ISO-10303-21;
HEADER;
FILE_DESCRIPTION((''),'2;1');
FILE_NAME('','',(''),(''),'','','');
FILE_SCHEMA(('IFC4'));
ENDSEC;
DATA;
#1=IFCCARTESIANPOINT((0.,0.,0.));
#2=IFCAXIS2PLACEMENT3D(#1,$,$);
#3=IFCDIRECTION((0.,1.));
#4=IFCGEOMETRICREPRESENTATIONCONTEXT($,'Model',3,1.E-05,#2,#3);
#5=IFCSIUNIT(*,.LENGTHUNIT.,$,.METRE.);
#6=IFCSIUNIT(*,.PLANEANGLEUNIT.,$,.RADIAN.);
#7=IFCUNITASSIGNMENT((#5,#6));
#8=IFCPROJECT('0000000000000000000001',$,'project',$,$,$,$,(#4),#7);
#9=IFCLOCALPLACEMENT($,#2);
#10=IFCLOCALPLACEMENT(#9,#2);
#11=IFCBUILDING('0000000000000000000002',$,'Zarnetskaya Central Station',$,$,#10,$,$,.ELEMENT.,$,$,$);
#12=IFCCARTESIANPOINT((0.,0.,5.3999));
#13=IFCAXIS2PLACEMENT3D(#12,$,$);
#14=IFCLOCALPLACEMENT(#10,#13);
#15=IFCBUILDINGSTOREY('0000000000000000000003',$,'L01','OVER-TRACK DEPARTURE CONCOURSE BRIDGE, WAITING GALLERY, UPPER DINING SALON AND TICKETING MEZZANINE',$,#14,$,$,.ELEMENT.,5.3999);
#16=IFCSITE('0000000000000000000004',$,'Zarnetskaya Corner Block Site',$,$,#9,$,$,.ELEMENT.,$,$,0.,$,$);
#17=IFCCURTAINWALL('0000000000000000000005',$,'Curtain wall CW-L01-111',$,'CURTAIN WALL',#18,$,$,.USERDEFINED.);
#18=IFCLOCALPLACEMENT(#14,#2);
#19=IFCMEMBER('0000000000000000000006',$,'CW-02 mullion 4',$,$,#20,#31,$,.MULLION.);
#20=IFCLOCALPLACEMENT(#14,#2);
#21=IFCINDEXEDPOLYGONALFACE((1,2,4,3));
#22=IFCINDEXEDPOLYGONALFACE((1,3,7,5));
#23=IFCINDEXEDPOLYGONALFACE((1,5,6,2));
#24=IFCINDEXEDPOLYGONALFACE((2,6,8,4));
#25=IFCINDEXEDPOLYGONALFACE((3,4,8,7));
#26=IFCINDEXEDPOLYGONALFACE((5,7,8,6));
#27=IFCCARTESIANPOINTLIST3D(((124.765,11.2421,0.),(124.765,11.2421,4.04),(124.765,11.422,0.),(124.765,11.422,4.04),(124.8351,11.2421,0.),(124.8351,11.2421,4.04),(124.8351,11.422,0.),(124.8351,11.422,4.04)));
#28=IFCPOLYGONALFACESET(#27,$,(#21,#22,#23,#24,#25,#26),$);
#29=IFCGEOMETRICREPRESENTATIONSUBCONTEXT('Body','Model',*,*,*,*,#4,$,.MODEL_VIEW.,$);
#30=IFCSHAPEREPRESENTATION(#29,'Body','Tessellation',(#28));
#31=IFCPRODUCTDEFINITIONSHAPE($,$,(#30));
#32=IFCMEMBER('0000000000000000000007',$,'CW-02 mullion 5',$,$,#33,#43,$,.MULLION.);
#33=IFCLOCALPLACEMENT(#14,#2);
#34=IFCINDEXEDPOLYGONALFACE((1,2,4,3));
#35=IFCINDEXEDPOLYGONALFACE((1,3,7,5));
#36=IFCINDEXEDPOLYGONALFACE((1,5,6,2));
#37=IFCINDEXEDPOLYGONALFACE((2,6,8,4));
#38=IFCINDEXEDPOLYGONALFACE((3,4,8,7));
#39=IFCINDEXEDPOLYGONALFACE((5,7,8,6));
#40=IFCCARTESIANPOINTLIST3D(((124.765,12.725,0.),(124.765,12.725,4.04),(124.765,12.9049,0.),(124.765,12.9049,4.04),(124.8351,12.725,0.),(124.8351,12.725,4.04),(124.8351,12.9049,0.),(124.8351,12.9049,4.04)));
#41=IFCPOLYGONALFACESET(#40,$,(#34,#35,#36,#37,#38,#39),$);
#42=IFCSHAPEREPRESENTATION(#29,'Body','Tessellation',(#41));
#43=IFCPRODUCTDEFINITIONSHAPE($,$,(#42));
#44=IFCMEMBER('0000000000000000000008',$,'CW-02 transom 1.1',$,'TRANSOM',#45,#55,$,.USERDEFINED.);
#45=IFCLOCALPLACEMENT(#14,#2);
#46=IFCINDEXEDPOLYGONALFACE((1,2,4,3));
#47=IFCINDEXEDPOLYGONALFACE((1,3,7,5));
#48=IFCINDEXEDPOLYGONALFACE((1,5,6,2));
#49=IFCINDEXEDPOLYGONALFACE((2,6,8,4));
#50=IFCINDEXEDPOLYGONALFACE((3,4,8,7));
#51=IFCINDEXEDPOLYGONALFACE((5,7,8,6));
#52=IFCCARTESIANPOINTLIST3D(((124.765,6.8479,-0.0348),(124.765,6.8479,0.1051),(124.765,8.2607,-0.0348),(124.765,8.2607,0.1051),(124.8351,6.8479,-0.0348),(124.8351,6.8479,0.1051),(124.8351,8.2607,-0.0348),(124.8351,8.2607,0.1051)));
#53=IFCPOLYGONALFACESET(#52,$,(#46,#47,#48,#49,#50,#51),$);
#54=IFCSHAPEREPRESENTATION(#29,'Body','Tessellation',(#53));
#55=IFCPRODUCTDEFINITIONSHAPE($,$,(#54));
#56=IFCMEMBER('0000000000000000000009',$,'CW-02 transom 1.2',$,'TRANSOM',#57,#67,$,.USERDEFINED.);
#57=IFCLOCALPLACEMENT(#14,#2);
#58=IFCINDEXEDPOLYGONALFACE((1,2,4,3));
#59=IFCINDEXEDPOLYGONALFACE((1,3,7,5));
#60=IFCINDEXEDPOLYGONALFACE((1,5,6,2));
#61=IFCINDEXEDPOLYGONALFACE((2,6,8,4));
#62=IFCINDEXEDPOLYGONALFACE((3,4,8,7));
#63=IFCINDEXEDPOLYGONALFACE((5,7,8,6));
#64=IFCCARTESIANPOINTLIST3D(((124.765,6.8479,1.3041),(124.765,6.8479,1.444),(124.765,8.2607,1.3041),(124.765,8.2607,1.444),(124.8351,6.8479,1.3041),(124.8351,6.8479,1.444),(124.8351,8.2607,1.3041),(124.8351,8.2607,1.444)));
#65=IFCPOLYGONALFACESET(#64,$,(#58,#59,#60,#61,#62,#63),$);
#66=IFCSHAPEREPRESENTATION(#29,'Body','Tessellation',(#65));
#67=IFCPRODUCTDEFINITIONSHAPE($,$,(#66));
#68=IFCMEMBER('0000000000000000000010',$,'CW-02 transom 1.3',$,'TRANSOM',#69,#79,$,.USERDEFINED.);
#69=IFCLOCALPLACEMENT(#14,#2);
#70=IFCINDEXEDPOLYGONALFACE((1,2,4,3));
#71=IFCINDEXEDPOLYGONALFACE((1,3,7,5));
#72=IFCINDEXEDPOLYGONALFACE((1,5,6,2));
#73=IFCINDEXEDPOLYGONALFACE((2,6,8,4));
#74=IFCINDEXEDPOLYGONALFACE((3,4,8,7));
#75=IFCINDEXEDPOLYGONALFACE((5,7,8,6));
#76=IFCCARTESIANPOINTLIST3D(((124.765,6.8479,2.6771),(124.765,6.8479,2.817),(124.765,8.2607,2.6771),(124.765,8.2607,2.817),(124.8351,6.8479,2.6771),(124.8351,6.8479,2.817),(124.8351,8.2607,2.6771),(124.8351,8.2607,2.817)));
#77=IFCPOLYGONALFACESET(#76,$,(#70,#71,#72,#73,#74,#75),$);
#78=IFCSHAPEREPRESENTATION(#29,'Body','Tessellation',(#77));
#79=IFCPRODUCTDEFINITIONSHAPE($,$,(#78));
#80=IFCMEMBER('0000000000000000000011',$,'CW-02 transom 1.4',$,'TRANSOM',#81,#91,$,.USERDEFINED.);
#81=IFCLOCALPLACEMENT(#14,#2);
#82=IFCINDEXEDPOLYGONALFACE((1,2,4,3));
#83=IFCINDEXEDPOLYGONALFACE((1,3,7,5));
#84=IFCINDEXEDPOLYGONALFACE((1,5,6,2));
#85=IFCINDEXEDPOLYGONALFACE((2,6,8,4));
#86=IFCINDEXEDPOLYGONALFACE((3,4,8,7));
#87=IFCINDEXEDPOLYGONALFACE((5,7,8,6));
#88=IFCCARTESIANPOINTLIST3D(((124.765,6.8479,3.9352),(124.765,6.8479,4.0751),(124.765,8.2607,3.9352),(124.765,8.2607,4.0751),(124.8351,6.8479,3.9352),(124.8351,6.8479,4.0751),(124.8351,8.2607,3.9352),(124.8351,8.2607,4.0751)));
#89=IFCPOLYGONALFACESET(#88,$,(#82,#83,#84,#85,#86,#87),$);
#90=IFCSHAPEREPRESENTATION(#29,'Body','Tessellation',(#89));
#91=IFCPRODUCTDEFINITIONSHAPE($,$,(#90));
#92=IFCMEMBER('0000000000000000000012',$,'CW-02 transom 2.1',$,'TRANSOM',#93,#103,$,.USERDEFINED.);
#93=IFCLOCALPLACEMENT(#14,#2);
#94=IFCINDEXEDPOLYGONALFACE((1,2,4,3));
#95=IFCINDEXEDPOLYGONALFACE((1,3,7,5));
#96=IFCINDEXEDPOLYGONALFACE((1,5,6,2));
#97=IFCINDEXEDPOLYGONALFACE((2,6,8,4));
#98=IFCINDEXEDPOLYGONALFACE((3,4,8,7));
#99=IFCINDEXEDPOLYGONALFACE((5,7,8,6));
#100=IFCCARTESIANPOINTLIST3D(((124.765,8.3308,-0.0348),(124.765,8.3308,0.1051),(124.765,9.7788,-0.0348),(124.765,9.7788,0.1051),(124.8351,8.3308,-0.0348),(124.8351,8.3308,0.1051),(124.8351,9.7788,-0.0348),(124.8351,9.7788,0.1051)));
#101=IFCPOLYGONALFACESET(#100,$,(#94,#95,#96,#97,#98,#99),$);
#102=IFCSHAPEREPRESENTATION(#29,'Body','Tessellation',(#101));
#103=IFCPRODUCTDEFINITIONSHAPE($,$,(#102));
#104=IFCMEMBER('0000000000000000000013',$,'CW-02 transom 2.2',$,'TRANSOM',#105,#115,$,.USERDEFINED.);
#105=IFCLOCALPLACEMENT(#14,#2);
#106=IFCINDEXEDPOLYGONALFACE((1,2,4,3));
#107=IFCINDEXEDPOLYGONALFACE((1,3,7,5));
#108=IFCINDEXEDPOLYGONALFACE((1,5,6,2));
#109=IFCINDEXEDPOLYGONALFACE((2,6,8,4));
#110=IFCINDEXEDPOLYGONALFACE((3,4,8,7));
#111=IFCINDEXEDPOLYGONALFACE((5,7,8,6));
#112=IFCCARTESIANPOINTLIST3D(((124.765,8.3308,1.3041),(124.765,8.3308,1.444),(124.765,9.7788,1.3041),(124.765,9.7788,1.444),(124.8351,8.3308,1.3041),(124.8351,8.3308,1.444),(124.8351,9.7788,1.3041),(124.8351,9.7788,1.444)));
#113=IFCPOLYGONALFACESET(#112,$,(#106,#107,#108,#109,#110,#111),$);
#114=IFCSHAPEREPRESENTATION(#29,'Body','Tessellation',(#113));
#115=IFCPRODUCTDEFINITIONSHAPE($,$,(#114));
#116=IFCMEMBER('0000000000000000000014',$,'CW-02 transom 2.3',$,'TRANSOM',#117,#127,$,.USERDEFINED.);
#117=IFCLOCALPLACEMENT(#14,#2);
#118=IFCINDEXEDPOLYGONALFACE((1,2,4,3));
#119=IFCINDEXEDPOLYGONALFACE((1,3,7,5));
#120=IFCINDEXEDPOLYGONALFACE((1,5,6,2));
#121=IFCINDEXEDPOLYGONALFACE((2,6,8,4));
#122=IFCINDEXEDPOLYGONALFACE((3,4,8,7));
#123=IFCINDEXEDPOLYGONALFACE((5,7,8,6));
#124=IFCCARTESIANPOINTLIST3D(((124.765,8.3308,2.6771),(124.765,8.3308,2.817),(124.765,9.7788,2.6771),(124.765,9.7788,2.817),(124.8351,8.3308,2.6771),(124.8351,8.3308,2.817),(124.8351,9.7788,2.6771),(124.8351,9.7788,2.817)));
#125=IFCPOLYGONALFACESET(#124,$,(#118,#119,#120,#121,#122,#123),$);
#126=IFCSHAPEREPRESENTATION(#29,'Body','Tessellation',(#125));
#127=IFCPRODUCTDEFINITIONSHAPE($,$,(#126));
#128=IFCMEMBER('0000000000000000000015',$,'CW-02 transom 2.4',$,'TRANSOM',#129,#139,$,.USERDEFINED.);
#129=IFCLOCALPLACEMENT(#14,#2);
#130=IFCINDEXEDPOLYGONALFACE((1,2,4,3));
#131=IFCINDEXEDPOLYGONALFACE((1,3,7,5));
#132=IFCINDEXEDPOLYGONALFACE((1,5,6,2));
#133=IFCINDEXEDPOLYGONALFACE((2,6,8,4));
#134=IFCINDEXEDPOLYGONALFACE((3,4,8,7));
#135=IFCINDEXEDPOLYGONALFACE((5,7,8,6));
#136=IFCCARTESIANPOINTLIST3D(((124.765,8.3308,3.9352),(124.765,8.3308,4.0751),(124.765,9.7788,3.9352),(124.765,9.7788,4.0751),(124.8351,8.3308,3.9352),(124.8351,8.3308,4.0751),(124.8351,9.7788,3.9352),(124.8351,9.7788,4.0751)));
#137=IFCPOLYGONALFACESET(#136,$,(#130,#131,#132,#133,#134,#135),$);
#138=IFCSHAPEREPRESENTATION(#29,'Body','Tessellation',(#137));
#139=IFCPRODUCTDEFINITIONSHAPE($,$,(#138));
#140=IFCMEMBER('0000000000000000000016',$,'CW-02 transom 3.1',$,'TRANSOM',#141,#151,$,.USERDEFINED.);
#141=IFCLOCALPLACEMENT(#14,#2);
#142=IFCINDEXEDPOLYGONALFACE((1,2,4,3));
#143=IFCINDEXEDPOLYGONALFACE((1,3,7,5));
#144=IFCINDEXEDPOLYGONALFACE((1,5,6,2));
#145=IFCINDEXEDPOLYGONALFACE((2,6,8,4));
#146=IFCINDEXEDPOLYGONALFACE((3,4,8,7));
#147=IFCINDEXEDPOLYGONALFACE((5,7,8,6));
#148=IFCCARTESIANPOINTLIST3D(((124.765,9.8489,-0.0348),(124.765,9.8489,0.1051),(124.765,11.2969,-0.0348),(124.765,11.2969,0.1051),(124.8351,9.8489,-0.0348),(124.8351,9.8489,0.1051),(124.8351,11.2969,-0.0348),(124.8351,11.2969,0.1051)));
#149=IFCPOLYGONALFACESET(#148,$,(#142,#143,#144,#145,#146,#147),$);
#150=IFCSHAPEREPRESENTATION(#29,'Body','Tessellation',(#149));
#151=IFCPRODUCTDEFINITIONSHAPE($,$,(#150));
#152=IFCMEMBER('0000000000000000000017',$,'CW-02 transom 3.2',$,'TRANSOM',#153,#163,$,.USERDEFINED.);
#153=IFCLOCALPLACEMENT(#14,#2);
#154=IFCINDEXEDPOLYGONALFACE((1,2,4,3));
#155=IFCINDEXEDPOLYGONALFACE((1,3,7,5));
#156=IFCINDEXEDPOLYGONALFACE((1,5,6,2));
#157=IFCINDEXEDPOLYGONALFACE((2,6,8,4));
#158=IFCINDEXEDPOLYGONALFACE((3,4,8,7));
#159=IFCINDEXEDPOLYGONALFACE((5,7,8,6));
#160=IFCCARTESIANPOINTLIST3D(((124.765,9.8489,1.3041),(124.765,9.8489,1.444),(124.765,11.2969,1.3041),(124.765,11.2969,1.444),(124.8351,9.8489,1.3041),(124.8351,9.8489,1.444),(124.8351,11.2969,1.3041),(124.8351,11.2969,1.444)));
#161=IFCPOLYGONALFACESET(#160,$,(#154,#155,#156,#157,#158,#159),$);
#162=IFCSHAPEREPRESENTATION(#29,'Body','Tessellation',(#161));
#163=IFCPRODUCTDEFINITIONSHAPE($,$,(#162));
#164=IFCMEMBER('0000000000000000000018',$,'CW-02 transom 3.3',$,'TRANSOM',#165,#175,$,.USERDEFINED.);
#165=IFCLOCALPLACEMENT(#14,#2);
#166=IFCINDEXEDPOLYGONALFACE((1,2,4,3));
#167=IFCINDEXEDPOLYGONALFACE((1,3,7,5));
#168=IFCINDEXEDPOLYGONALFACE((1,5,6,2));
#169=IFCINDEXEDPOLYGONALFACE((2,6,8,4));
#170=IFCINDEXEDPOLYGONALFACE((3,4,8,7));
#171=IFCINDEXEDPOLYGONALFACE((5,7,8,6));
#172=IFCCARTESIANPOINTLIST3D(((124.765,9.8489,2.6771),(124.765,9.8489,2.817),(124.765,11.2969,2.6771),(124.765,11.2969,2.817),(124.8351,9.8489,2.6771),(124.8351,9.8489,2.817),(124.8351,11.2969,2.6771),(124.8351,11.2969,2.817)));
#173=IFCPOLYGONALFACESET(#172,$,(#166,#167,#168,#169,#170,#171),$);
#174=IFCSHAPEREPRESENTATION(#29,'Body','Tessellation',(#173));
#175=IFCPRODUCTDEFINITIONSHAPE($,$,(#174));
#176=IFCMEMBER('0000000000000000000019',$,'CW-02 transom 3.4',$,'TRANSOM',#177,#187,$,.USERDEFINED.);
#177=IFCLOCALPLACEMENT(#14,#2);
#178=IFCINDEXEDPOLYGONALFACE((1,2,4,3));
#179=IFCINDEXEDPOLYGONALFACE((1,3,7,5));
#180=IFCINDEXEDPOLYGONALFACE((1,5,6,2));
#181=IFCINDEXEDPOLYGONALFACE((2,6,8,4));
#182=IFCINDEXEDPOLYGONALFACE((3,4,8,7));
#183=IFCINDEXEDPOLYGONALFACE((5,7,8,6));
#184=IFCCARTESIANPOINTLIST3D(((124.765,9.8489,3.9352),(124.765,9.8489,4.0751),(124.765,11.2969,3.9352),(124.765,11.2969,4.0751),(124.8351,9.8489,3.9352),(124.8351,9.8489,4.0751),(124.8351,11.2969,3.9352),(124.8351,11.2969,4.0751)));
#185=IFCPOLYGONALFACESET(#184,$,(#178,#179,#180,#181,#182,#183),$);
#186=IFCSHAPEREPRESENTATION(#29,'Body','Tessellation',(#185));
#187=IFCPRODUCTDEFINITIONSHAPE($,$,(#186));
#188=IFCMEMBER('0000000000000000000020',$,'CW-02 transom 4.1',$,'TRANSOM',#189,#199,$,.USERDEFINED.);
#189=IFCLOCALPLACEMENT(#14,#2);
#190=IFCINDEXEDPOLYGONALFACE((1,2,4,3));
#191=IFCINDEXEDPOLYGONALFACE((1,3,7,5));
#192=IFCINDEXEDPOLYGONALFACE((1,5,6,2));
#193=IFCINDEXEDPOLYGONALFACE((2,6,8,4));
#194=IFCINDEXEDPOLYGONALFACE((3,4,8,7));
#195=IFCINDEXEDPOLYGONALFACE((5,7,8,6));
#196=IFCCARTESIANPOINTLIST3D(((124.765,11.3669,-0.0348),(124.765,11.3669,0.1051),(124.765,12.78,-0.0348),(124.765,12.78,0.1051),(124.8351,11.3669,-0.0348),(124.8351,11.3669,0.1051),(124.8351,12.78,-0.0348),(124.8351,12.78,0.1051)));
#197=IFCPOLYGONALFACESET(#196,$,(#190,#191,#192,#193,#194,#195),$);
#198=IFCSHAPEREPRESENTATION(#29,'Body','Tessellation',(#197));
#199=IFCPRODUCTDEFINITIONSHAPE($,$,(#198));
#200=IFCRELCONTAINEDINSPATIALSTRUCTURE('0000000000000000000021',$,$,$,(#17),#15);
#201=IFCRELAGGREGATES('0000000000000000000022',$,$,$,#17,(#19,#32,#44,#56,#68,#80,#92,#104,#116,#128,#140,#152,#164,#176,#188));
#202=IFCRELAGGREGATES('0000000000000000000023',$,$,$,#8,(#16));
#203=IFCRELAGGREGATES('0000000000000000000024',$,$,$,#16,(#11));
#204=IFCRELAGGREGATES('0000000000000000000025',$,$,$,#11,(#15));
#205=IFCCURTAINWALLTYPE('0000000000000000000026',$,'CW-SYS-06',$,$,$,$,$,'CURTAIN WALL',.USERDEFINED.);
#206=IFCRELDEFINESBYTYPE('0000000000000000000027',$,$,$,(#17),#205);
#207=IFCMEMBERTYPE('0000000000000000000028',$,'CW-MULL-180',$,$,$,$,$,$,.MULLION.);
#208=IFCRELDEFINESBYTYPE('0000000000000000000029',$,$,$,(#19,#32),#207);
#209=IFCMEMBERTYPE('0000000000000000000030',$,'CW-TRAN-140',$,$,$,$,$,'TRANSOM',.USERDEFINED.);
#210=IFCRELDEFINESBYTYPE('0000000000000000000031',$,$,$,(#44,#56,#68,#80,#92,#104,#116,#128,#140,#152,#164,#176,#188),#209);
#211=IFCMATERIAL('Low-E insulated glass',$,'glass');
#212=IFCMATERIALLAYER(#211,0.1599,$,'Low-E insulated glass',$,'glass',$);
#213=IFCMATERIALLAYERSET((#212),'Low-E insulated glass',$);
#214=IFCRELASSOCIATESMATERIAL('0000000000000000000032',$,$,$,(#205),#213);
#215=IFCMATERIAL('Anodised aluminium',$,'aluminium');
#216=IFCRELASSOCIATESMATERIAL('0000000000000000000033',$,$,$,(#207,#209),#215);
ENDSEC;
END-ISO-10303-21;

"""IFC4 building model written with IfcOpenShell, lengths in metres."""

from ifc_helpers import new_model, si_unit, direction, frame, origin, origin_2d, place, context, subcontext, project, spatial, rectangle, extrude, material, layer, layer_set, material_profile, profile_set, type_object, element, aggregate, save


model = new_model("IFC4")

# Units and contexts
model_context = context("Model", 3, precision=1e-05, world=origin(), true_north=direction((0.0, 1.0)))
body_context = subcontext(model_context, "Body", "Model", "MODEL_VIEW")
ifc_project = project(units=[si_unit("LENGTHUNIT", "METRE"), si_unit("PLANEANGLEUNIT", "RADIAN")], contexts=[model_context])

# Site, building, storey
site_placement = place(None, origin())
site = spatial("IfcSite", under=ifc_project, at=site_placement, Name="Zarnetskaya Corner Block Site", CompositionType="ELEMENT", RefElevation=0.0)
building_placement = place(site_placement, origin())
building = spatial("IfcBuilding", under=site, at=building_placement, Name="Zarnetskaya Central Station", CompositionType="ELEMENT")
storey_placement = place(building_placement, frame((0.0, 0.0, 5.3999)))
storey = spatial("IfcBuildingStorey", under=building, at=storey_placement, Name="L01", Description="OVER-TRACK DEPARTURE CONCOURSE BRIDGE, WAITING GALLERY, UPPER DINING SALON AND TICKETING MEZZANINE", CompositionType="ELEMENT", Elevation=5.3999)

# Curtain wall, members
ifc_material_1 = material(Name="Low-E insulated glass", Category="glass")
ifc_layer_1 = layer(ifc_material_1, 0.1599, Name="Low-E insulated glass", Category="glass")
ifc_layer_set_1 = layer_set([ifc_layer_1], Name="Low-E insulated glass")
curtain_wall_type = type_object("IfcCurtainWallType", Name="CW-SYS-06", ElementType="CURTAIN WALL", PredefinedType="USERDEFINED", material=ifc_layer_set_1)
curtain_wall_placement = place(storey_placement, origin())
curtain_wall = element("IfcCurtainWall", 1, at=curtain_wall_placement, inside=storey, type_object=curtain_wall_type, Name="Curtain wall CW-L01-111", ObjectType="CURTAIN WALL", PredefinedType="USERDEFINED")
ifc_material_2 = material(Name="Anodised aluminium", Category="aluminium")
ifc_material_profile_1 = material_profile(ifc_material_2, rectangle(XDim=0.0701, YDim=0.1799, at=origin_2d()), Name="ALU MULL 70x180")
ifc_profile_set_1 = profile_set([ifc_material_profile_1], Name="Anodised aluminium")
member_type_1 = type_object("IfcMemberType", Name="CW-MULL-180", PredefinedType="MULLION", material=ifc_profile_set_1)
member_1_placement = place(storey_placement, frame((124.8, 11.332, 0.0), z_axis=(0.0, 0.0, 1.0), x_axis=(-1.0, 0.0, 0.0)))
member_1 = element("IfcMember", 2, at=member_1_placement, type_object=member_type_1, Name="CW-02 mullion 4", PredefinedType="MULLION", context=body_context, shape_type="SweptSolid", body=[
    extrude(rectangle(XDim=0.0701, YDim=0.1799, at=origin_2d()), origin(), (0.0, 0.0, 1.0), 4.04),
])
member_2_placement = place(storey_placement, frame((124.8, 12.8149, 0.0), z_axis=(0.0, 0.0, 1.0), x_axis=(-1.0, 0.0, 0.0)))
member_2 = element("IfcMember", 3, at=member_2_placement, type_object=member_type_1, Name="CW-02 mullion 5", PredefinedType="MULLION", context=body_context, shape_type="SweptSolid", body=[
    extrude(rectangle(XDim=0.0701, YDim=0.1799, at=origin_2d()), origin(), (0.0, 0.0, 1.0), 4.04),
])
ifc_material_profile_2 = material_profile(ifc_material_2, rectangle(XDim=0.0701, YDim=0.1399, at=origin_2d()), Name="ALU TRAN 70x140")
ifc_profile_set_2 = profile_set([ifc_material_profile_2], Name="Anodised aluminium")
member_type_2 = type_object("IfcMemberType", Name="CW-TRAN-140", ElementType="TRANSOM", PredefinedType="USERDEFINED", material=ifc_profile_set_2)
member_3_placement = place(storey_placement, frame((124.8, 6.8479, 0.0352), z_axis=(0.0, 1.0, 0.0), x_axis=(-1.0, 0.0, 0.0)))
member_3 = element("IfcMember", 4, at=member_3_placement, type_object=member_type_2, Name="CW-02 transom 1.1", ObjectType="TRANSOM", PredefinedType="USERDEFINED", context=body_context, shape_type="SweptSolid", body=[
    extrude(rectangle(XDim=0.0701, YDim=0.1399, at=origin_2d()), origin(), (0.0, 0.0, 1.0), 1.4128),
])
member_4_placement = place(storey_placement, frame((124.8, 6.8479, 1.374), z_axis=(0.0, 1.0, 0.0), x_axis=(-1.0, 0.0, 0.0)))
member_4 = element("IfcMember", 5, at=member_4_placement, type_object=member_type_2, Name="CW-02 transom 1.2", ObjectType="TRANSOM", PredefinedType="USERDEFINED", context=body_context, shape_type="SweptSolid", body=[
    extrude(rectangle(XDim=0.0701, YDim=0.1399, at=origin_2d()), origin(), (0.0, 0.0, 1.0), 1.4128),
])
member_5_placement = place(storey_placement, frame((124.8, 6.8479, 2.7471), z_axis=(0.0, 1.0, 0.0), x_axis=(-1.0, 0.0, 0.0)))
member_5 = element("IfcMember", 6, at=member_5_placement, type_object=member_type_2, Name="CW-02 transom 1.3", ObjectType="TRANSOM", PredefinedType="USERDEFINED", context=body_context, shape_type="SweptSolid", body=[
    extrude(rectangle(XDim=0.0701, YDim=0.1399, at=origin_2d()), origin(), (0.0, 0.0, 1.0), 1.4128),
])
member_6_placement = place(storey_placement, frame((124.8, 6.8479, 4.0051), z_axis=(0.0, 1.0, 0.0), x_axis=(-1.0, 0.0, 0.0)))
member_6 = element("IfcMember", 7, at=member_6_placement, type_object=member_type_2, Name="CW-02 transom 1.4", ObjectType="TRANSOM", PredefinedType="USERDEFINED", context=body_context, shape_type="SweptSolid", body=[
    extrude(rectangle(XDim=0.0701, YDim=0.1399, at=origin_2d()), origin(), (0.0, 0.0, 1.0), 1.4128),
])
member_7_placement = place(storey_placement, frame((124.8, 8.3308, 0.0352), z_axis=(0.0, 1.0, 0.0), x_axis=(-1.0, 0.0, 0.0)))
member_7 = element("IfcMember", 8, at=member_7_placement, type_object=member_type_2, Name="CW-02 transom 2.1", ObjectType="TRANSOM", PredefinedType="USERDEFINED", context=body_context, shape_type="SweptSolid", body=[
    extrude(rectangle(XDim=0.0701, YDim=0.1399, at=origin_2d()), origin(), (0.0, 0.0, 1.0), 1.448),
])
member_8_placement = place(storey_placement, frame((124.8, 8.3308, 1.374), z_axis=(0.0, 1.0, 0.0), x_axis=(-1.0, 0.0, 0.0)))
member_8 = element("IfcMember", 9, at=member_8_placement, type_object=member_type_2, Name="CW-02 transom 2.2", ObjectType="TRANSOM", PredefinedType="USERDEFINED", context=body_context, shape_type="SweptSolid", body=[
    extrude(rectangle(XDim=0.0701, YDim=0.1399, at=origin_2d()), origin(), (0.0, 0.0, 1.0), 1.448),
])
member_9_placement = place(storey_placement, frame((124.8, 8.3308, 2.7471), z_axis=(0.0, 1.0, 0.0), x_axis=(-1.0, 0.0, 0.0)))
member_9 = element("IfcMember", 10, at=member_9_placement, type_object=member_type_2, Name="CW-02 transom 2.3", ObjectType="TRANSOM", PredefinedType="USERDEFINED", context=body_context, shape_type="SweptSolid", body=[
    extrude(rectangle(XDim=0.0701, YDim=0.1399, at=origin_2d()), origin(), (0.0, 0.0, 1.0), 1.448),
])
member_10_placement = place(storey_placement, frame((124.8, 8.3308, 4.0051), z_axis=(0.0, 1.0, 0.0), x_axis=(-1.0, 0.0, 0.0)))
member_10 = element("IfcMember", 11, at=member_10_placement, type_object=member_type_2, Name="CW-02 transom 2.4", ObjectType="TRANSOM", PredefinedType="USERDEFINED", context=body_context, shape_type="SweptSolid", body=[
    extrude(rectangle(XDim=0.0701, YDim=0.1399, at=origin_2d()), origin(), (0.0, 0.0, 1.0), 1.448),
])
member_11_placement = place(storey_placement, frame((124.8, 9.8489, 0.0352), z_axis=(0.0, 1.0, 0.0), x_axis=(-1.0, 0.0, 0.0)))
member_11 = element("IfcMember", 12, at=member_11_placement, type_object=member_type_2, Name="CW-02 transom 3.1", ObjectType="TRANSOM", PredefinedType="USERDEFINED", context=body_context, shape_type="SweptSolid", body=[
    extrude(rectangle(XDim=0.0701, YDim=0.1399, at=origin_2d()), origin(), (0.0, 0.0, 1.0), 1.448),
])
member_12_placement = place(storey_placement, frame((124.8, 9.8489, 1.374), z_axis=(0.0, 1.0, 0.0), x_axis=(-1.0, 0.0, 0.0)))
member_12 = element("IfcMember", 13, at=member_12_placement, type_object=member_type_2, Name="CW-02 transom 3.2", ObjectType="TRANSOM", PredefinedType="USERDEFINED", context=body_context, shape_type="SweptSolid", body=[
    extrude(rectangle(XDim=0.0701, YDim=0.1399, at=origin_2d()), origin(), (0.0, 0.0, 1.0), 1.448),
])
member_13_placement = place(storey_placement, frame((124.8, 9.8489, 2.7471), z_axis=(0.0, 1.0, 0.0), x_axis=(-1.0, 0.0, 0.0)))
member_13 = element("IfcMember", 14, at=member_13_placement, type_object=member_type_2, Name="CW-02 transom 3.3", ObjectType="TRANSOM", PredefinedType="USERDEFINED", context=body_context, shape_type="SweptSolid", body=[
    extrude(rectangle(XDim=0.0701, YDim=0.1399, at=origin_2d()), origin(), (0.0, 0.0, 1.0), 1.448),
])
member_14_placement = place(storey_placement, frame((124.8, 9.8489, 4.0051), z_axis=(0.0, 1.0, 0.0), x_axis=(-1.0, 0.0, 0.0)))
member_14 = element("IfcMember", 15, at=member_14_placement, type_object=member_type_2, Name="CW-02 transom 3.4", ObjectType="TRANSOM", PredefinedType="USERDEFINED", context=body_context, shape_type="SweptSolid", body=[
    extrude(rectangle(XDim=0.0701, YDim=0.1399, at=origin_2d()), origin(), (0.0, 0.0, 1.0), 1.448),
])
member_15_placement = place(storey_placement, frame((124.8, 11.3669, 0.0352), z_axis=(0.0, 1.0, 0.0), x_axis=(-1.0, 0.0, 0.0)))
member_15 = element("IfcMember", 16, at=member_15_placement, type_object=member_type_2, Name="CW-02 transom 4.1", ObjectType="TRANSOM", PredefinedType="USERDEFINED", context=body_context, shape_type="SweptSolid", body=[
    extrude(rectangle(XDim=0.0701, YDim=0.1399, at=origin_2d()), origin(), (0.0, 0.0, 1.0), 1.4131),
])

aggregate(curtain_wall, [member_1, member_2, member_3, member_4, member_5, member_6, member_7, member_8, member_9, member_10, member_11, member_12, member_13, member_14, member_15])

save(model, "model.ifc")
